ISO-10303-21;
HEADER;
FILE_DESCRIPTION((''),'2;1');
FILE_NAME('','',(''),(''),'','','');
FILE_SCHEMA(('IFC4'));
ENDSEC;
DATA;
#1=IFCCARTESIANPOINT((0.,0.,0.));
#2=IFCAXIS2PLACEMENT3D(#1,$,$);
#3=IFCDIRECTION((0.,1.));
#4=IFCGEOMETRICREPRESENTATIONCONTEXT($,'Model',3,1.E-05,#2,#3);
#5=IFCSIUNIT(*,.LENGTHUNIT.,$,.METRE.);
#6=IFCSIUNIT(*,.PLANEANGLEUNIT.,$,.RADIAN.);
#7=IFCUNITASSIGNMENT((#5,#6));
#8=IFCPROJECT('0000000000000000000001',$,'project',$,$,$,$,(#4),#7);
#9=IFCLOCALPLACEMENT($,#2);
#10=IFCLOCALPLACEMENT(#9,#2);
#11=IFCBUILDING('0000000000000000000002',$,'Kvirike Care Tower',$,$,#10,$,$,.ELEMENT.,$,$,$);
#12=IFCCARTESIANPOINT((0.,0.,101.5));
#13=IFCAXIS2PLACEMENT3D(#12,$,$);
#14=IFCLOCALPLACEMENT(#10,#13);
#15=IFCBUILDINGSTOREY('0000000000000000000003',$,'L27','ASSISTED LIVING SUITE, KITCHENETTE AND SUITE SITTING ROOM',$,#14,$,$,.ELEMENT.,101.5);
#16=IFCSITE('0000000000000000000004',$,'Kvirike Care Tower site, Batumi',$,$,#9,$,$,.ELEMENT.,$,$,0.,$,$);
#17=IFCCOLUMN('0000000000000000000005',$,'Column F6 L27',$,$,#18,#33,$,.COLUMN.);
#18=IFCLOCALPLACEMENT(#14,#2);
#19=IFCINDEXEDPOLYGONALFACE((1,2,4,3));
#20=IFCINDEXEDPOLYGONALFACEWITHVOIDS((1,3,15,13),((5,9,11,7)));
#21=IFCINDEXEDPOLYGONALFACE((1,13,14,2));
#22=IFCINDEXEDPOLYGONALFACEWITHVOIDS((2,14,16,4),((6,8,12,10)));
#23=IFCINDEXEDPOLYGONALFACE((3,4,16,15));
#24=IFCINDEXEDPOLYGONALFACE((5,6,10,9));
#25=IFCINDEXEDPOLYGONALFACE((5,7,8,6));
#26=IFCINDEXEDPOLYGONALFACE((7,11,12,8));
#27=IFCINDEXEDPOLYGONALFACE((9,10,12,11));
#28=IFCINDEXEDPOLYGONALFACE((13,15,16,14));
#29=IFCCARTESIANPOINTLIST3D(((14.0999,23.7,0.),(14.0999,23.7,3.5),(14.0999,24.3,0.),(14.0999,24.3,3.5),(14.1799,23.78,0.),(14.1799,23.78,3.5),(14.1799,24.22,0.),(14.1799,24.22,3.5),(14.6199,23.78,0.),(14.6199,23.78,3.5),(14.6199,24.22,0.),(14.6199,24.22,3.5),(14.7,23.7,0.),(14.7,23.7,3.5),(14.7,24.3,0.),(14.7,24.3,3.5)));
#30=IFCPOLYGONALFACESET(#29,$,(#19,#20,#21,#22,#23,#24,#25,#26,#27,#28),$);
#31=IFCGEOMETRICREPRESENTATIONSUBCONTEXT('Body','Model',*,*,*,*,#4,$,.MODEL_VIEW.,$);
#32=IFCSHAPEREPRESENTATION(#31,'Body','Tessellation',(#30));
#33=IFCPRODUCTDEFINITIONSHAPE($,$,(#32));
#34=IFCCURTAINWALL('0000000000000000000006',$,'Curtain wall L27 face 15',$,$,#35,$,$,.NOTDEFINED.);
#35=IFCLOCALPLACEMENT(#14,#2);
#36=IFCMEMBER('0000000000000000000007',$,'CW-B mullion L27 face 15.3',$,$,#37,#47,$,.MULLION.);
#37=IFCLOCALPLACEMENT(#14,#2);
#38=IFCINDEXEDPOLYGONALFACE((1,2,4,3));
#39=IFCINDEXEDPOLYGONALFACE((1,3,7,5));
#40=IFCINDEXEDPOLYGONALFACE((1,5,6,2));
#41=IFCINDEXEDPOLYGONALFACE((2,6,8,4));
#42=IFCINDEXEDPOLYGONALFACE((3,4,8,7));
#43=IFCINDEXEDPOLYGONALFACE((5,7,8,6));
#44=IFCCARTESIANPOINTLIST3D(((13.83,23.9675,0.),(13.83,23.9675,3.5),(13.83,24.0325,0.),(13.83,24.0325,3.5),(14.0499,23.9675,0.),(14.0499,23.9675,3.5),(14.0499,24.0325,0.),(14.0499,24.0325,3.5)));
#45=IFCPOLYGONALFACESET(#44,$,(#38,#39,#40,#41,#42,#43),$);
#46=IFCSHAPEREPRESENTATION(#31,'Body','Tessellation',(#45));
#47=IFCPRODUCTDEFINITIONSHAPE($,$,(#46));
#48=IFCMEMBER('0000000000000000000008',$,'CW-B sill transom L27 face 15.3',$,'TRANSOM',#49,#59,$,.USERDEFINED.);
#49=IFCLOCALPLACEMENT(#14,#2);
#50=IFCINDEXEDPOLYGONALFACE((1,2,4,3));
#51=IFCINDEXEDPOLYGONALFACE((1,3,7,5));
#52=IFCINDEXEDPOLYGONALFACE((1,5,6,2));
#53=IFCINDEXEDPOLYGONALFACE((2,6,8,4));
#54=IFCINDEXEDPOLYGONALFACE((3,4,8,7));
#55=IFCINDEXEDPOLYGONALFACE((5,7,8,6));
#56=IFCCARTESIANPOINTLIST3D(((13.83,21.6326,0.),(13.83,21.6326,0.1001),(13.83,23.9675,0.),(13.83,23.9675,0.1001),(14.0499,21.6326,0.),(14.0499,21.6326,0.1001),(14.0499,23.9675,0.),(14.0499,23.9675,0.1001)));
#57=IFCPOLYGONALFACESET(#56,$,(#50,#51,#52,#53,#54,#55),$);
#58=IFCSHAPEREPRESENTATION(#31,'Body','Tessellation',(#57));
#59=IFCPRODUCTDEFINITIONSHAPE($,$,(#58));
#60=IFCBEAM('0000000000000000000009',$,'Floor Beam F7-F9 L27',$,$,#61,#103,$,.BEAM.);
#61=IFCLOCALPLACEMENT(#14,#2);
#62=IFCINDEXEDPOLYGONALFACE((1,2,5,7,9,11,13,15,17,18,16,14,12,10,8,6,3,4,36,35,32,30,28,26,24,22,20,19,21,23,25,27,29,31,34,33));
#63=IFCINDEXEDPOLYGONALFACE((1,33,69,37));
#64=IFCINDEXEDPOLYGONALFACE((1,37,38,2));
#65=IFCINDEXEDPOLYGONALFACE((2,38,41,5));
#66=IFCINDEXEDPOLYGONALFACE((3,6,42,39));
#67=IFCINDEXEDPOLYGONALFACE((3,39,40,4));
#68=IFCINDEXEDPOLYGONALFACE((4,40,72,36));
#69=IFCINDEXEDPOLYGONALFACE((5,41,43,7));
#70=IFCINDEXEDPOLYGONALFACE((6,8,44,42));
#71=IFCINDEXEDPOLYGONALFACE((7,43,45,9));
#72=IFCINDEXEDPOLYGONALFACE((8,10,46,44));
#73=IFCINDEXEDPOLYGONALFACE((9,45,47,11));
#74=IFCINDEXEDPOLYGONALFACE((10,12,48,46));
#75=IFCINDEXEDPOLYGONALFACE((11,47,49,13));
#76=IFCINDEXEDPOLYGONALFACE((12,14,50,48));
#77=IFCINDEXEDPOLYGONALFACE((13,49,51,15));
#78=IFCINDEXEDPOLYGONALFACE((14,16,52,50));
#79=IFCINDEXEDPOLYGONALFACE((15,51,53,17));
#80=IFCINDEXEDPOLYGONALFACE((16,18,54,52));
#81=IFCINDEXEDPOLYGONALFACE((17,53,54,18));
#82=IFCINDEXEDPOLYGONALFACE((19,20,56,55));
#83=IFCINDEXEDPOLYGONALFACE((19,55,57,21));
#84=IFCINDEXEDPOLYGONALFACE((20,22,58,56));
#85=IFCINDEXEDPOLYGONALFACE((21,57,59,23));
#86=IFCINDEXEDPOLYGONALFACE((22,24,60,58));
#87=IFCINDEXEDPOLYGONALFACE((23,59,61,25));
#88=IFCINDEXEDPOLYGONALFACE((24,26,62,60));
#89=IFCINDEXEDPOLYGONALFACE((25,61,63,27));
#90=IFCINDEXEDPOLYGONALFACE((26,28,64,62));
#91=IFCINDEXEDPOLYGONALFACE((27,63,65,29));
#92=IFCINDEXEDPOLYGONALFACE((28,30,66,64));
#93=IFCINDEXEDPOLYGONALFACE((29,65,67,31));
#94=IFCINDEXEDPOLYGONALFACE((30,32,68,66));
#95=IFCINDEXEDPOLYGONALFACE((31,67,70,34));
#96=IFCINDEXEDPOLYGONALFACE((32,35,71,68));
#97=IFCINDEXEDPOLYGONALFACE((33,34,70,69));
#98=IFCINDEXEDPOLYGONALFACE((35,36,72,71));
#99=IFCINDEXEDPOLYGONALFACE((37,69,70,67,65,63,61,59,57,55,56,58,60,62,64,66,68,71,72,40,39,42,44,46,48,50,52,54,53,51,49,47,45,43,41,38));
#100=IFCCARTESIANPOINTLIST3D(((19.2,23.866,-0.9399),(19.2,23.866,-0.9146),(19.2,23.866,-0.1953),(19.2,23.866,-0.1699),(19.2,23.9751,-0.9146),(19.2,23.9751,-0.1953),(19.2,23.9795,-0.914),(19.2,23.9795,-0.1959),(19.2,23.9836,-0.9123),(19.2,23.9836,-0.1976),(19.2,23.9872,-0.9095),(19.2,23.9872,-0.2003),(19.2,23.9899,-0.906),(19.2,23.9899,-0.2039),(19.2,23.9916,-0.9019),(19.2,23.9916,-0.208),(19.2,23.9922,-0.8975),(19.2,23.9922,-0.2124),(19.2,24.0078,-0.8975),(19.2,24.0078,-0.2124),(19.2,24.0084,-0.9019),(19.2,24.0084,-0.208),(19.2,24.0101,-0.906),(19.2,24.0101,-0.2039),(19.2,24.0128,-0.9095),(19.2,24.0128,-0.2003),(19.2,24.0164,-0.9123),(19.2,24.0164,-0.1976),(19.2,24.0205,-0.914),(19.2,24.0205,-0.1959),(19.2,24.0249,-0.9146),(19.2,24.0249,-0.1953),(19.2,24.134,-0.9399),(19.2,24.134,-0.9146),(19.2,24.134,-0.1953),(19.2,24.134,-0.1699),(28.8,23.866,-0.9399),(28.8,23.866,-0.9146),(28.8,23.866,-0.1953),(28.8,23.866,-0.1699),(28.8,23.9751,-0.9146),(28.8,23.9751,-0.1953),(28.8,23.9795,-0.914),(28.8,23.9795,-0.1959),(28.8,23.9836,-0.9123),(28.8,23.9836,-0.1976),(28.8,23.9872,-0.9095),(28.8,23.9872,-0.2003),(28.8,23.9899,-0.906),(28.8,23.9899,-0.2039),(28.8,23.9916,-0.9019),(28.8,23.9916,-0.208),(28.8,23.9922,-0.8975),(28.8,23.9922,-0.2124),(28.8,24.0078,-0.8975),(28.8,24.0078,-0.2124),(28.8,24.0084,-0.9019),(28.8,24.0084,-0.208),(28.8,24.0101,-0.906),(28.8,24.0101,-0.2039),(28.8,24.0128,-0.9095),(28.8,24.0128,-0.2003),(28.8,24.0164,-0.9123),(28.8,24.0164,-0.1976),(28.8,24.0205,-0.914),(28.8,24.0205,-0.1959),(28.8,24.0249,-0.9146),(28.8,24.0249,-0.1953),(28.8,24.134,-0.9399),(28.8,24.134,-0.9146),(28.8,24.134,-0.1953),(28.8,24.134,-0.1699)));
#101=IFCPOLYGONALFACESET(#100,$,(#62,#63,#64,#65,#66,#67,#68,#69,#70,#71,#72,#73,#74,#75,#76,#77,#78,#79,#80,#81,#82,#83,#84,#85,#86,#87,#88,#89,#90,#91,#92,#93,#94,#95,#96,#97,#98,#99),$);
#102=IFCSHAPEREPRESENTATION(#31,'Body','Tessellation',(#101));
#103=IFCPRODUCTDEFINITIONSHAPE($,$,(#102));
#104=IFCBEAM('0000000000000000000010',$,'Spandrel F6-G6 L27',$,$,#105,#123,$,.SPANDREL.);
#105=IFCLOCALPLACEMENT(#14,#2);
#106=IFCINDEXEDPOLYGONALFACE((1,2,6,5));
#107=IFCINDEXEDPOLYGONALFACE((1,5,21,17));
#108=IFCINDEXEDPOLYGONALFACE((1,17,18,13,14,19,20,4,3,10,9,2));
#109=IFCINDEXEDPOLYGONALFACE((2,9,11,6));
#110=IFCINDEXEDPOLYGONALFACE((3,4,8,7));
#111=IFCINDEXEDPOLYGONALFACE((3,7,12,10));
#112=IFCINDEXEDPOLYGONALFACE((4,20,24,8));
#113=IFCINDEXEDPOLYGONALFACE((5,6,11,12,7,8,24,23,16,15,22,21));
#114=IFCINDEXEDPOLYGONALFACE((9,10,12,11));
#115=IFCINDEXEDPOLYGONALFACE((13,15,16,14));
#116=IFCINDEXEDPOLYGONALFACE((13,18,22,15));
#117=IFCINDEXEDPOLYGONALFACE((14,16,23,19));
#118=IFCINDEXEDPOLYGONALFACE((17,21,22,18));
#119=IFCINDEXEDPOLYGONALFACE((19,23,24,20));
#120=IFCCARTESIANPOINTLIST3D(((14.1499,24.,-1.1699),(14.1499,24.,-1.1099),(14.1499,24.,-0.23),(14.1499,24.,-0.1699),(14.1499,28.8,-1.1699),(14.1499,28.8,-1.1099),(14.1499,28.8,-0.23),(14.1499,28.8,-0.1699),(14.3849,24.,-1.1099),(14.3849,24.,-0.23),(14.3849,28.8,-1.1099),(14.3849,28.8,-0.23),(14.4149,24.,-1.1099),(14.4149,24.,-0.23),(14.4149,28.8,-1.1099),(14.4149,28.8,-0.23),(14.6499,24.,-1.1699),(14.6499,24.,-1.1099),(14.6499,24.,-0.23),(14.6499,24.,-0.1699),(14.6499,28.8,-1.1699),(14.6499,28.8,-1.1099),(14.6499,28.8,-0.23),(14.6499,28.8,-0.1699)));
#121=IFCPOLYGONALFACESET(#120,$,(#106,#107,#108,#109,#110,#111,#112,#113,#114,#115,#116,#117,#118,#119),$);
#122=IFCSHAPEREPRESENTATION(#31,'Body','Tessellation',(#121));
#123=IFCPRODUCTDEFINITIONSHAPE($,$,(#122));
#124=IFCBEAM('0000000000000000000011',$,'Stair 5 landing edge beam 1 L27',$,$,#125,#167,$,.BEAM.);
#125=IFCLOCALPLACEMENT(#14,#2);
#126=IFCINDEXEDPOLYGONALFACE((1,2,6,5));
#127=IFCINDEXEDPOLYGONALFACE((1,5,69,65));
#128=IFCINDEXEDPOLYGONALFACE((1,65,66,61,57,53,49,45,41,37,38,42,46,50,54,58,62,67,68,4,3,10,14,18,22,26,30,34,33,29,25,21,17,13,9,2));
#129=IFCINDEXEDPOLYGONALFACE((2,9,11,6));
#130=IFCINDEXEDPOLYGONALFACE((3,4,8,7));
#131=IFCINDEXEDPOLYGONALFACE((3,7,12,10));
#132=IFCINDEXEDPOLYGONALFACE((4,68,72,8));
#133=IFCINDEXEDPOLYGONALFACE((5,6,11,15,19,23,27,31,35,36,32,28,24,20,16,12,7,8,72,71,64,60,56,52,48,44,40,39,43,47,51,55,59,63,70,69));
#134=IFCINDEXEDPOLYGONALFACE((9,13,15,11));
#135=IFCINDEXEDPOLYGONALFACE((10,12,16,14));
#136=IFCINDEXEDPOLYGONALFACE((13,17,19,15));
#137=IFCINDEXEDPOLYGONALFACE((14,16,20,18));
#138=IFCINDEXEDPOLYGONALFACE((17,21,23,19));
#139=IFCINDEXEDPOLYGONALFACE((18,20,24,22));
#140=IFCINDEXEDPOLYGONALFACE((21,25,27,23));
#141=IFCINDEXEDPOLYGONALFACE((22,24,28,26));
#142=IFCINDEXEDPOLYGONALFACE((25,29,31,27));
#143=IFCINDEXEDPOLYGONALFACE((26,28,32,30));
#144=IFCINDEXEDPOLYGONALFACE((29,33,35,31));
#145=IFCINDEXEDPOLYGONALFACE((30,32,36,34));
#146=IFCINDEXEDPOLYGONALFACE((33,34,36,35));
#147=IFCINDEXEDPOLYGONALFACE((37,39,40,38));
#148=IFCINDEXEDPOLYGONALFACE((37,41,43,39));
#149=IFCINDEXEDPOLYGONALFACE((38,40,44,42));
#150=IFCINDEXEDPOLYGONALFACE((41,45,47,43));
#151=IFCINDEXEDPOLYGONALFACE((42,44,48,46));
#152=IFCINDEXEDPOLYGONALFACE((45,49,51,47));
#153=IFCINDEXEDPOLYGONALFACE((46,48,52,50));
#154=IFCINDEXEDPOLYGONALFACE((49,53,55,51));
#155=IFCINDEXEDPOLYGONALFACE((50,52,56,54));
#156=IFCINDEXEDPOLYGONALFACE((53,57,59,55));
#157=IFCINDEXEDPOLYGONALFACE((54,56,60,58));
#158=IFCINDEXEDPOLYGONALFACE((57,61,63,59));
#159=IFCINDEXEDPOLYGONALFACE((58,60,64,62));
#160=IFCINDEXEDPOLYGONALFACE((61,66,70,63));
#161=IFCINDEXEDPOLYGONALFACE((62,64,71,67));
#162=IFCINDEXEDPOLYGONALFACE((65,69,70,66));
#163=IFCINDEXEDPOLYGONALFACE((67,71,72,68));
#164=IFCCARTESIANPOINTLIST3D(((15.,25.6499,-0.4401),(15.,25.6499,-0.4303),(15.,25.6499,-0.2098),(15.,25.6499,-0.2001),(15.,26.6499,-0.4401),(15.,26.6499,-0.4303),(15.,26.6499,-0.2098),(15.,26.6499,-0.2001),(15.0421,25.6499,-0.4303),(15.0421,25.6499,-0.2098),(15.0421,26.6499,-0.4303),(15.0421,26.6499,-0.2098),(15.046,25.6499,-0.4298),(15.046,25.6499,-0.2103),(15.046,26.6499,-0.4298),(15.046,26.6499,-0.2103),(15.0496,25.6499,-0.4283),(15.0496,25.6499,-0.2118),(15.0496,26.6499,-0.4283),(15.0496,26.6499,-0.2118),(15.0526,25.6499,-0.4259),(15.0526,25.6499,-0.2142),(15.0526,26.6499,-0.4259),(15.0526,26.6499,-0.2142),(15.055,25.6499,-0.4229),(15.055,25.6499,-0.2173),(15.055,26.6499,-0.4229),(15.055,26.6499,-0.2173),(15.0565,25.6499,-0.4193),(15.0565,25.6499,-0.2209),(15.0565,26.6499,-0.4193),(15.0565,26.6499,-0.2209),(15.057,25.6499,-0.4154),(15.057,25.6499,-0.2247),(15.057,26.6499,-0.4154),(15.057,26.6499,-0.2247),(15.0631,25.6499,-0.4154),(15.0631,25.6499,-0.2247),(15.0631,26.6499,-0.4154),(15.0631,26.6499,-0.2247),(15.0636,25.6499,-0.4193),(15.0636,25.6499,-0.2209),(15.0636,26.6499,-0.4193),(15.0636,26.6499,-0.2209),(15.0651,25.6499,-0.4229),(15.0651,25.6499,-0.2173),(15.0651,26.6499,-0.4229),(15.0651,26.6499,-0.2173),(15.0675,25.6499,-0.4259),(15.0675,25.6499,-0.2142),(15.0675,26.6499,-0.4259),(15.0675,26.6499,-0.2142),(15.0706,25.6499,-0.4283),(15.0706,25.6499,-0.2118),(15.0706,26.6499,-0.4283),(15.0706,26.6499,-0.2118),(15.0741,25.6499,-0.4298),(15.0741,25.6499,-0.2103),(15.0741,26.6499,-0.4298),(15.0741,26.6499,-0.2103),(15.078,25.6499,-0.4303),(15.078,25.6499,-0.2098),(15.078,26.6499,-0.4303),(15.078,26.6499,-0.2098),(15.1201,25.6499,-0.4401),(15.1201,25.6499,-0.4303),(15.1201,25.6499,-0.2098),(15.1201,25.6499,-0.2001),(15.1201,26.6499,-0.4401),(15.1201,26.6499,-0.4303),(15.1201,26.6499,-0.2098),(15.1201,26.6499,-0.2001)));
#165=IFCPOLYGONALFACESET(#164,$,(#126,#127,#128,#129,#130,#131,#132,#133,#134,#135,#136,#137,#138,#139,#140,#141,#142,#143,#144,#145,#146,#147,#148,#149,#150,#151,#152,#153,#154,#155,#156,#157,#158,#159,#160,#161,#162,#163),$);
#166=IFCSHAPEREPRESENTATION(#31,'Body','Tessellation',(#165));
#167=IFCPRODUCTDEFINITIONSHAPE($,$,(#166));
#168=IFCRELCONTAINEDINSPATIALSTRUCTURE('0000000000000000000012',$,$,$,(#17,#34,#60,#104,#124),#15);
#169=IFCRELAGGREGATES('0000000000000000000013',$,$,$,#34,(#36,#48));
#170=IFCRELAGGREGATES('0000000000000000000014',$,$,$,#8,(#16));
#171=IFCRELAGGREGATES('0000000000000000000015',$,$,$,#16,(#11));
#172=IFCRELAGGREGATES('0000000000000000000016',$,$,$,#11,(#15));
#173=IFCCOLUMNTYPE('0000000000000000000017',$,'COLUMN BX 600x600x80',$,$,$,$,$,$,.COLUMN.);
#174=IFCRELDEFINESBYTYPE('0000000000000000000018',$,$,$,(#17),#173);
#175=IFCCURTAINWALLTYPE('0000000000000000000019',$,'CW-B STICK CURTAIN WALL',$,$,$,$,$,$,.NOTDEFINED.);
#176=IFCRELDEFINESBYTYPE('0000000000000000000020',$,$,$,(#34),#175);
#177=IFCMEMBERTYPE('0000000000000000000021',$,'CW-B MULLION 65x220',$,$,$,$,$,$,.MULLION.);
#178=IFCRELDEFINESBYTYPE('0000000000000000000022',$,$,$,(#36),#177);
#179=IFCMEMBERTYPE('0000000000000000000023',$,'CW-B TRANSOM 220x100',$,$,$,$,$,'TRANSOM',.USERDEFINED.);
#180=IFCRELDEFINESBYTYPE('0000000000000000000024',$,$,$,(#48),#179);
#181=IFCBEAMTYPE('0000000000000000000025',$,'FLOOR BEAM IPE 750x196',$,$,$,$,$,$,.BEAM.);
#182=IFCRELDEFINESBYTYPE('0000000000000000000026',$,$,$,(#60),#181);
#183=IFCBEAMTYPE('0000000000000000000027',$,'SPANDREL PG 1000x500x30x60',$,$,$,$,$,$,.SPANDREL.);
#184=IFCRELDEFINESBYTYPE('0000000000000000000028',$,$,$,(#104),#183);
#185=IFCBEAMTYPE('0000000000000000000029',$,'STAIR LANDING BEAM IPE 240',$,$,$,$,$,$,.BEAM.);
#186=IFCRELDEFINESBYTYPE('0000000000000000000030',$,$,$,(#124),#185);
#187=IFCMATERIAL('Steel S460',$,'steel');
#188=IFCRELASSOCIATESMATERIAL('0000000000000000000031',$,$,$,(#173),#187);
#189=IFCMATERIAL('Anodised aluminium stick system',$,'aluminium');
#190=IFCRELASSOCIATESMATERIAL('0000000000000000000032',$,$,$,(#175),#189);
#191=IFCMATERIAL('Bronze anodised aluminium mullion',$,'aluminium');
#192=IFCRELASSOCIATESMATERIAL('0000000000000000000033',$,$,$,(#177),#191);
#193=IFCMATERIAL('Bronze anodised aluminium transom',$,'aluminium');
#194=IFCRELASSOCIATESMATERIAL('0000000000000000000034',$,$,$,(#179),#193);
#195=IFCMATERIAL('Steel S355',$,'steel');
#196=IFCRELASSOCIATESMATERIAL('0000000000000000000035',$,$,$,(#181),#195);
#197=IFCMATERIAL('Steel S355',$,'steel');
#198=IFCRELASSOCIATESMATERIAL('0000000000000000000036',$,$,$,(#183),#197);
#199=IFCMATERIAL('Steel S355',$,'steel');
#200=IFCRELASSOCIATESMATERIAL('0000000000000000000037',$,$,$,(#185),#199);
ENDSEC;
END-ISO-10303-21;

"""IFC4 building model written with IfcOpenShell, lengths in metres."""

from ifc_helpers import new_model, si_unit, direction, frame, origin, origin_2d, place, context, subcontext, project, spatial, rectangle, hollow_rectangle, i_section, extrude, material, material_profile, profile_set, type_object, element, aggregate, save


model = new_model("IFC4")

# Units and contexts
model_context = context("Model", 3, precision=1e-05, world=origin(), true_north=direction((0.0, 1.0)))
body_context = subcontext(model_context, "Body", "Model", "MODEL_VIEW")
ifc_project = project(units=[si_unit("LENGTHUNIT", "METRE"), si_unit("PLANEANGLEUNIT", "RADIAN")], contexts=[model_context])

# Site, building, storey
site_placement = place(None, origin())
site = spatial("IfcSite", under=ifc_project, at=site_placement, Name="Kvirike Care Tower site, Batumi", CompositionType="ELEMENT", RefElevation=0.0)
building_placement = place(site_placement, origin())
building = spatial("IfcBuilding", under=site, at=building_placement, Name="Kvirike Care Tower", CompositionType="ELEMENT")
storey_placement = place(building_placement, frame((0.0, 0.0, 101.5)))
storey = spatial("IfcBuildingStorey", under=building, at=storey_placement, Name="L27", Description="ASSISTED LIVING SUITE, KITCHENETTE AND SUITE SITTING ROOM", CompositionType="ELEMENT", Elevation=101.5)

# Column
ifc_material_1 = material(Name="Steel S460", Category="steel")
ifc_material_profile_1 = material_profile(ifc_material_1, hollow_rectangle(XDim=0.6001, YDim=0.6001, WallThickness=0.0801, at=origin_2d()), Name="BX 600x600x80")
ifc_profile_set_1 = profile_set([ifc_material_profile_1], Name="Steel S460")
column_type = type_object("IfcColumnType", Name="COLUMN BX 600x600x80", PredefinedType="COLUMN", material=ifc_profile_set_1)
column_placement = place(storey_placement, frame((14.3999, 24.0, 0.0), z_axis=(0.0, 0.0, 1.0), x_axis=(1.0, 0.0, 0.0)))
element("IfcColumn", 1, at=column_placement, inside=storey, type_object=column_type, Name="Column F6 L27", PredefinedType="COLUMN", context=body_context, shape_type="SweptSolid", body=[
    extrude(hollow_rectangle(XDim=0.6001, YDim=0.6001, WallThickness=0.0801, at=origin_2d()), origin(), (0.0, 0.0, 1.0), 3.5),
])

# Curtain wall, members
ifc_material_2 = material(Name="Anodised aluminium stick system", Category="aluminium")
curtain_wall_type = type_object("IfcCurtainWallType", Name="CW-B STICK CURTAIN WALL", PredefinedType="NOTDEFINED", material=ifc_material_2)
curtain_wall_placement = place(storey_placement, origin())
curtain_wall = element("IfcCurtainWall", 2, at=curtain_wall_placement, inside=storey, type_object=curtain_wall_type, Name="Curtain wall L27 face 15", PredefinedType="NOTDEFINED")
ifc_material_3 = material(Name="Bronze anodised aluminium mullion", Category="aluminium")
ifc_material_profile_2 = material_profile(ifc_material_3, rectangle(XDim=0.0649, YDim=0.22, at=origin_2d()), Name="CW-B MULLION 65x220")
ifc_profile_set_2 = profile_set([ifc_material_profile_2], Name="Bronze anodised aluminium mullion")
member_type_1 = type_object("IfcMemberType", Name="CW-B MULLION 65x220", PredefinedType="MULLION", material=ifc_profile_set_2)
member_1_placement = place(storey_placement, frame((13.9399, 24.0, 0.0), z_axis=(0.0, 0.0, 1.0), x_axis=(0.0, -1.0, 0.0)))
member_1 = element("IfcMember", 3, at=member_1_placement, type_object=member_type_1, Name="CW-B mullion L27 face 15.3", PredefinedType="MULLION", context=body_context, shape_type="SweptSolid", body=[
    extrude(rectangle(XDim=0.0649, YDim=0.22, at=origin_2d()), origin(), (0.0, 0.0, 1.0), 3.5),
])
ifc_material_4 = material(Name="Bronze anodised aluminium transom", Category="aluminium")
ifc_material_profile_3 = material_profile(ifc_material_4, rectangle(XDim=0.22, YDim=0.1001, at=origin_2d()), Name="CW-B TRANSOM 220x100")
ifc_profile_set_3 = profile_set([ifc_material_profile_3], Name="Bronze anodised aluminium transom")
member_type_2 = type_object("IfcMemberType", Name="CW-B TRANSOM 220x100", ElementType="TRANSOM", PredefinedType="USERDEFINED", material=ifc_profile_set_3)
member_2_placement = place(storey_placement, frame((13.9399, 23.9675, 0.05), z_axis=(0.0, -1.0, 0.0), x_axis=(1.0, 0.0, 0.0)))
member_2 = element("IfcMember", 4, at=member_2_placement, type_object=member_type_2, Name="CW-B sill transom L27 face 15.3", ObjectType="TRANSOM", PredefinedType="USERDEFINED", context=body_context, shape_type="SweptSolid", body=[
    extrude(rectangle(XDim=0.22, YDim=0.1001, at=origin_2d()), origin(), (0.0, 0.0, 1.0), 2.335),
])

# Beams
ifc_material_5 = material(Name="Steel S355", Category="steel")
ifc_material_profile_4 = material_profile(ifc_material_5, i_section(OverallWidth=0.2681, OverallDepth=0.77, WebThickness=0.0156, FlangeThickness=0.0254, FilletRadius=0.0171, at=origin_2d()), Name="IPE 750x196")
ifc_profile_set_4 = profile_set([ifc_material_profile_4], Name="Steel S355")
beam_type_1 = type_object("IfcBeamType", Name="FLOOR BEAM IPE 750x196", PredefinedType="BEAM", material=ifc_profile_set_4)
beam_1_placement = place(storey_placement, frame((19.2, 24.0, -0.5549), z_axis=(1.0, 0.0, 0.0), x_axis=(0.0, 1.0, 0.0)))
element("IfcBeam", 5, at=beam_1_placement, inside=storey, type_object=beam_type_1, Name="Floor Beam F7-F9 L27", PredefinedType="BEAM", context=body_context, shape_type="SweptSolid", body=[
    extrude(i_section(OverallWidth=0.2681, OverallDepth=0.77, WebThickness=0.0156, FlangeThickness=0.0254, FilletRadius=0.0171, at=origin_2d()), origin(), (0.0, 0.0, 1.0), 9.6001),
])
ifc_material_6 = material(Name="Steel S355", Category="steel")
ifc_material_profile_5 = material_profile(ifc_material_6, i_section(OverallWidth=0.5, OverallDepth=1.0, WebThickness=0.03, FlangeThickness=0.0601, at=origin_2d()), Name="PG 1000x500x30x60")
ifc_profile_set_5 = profile_set([ifc_material_profile_5], Name="Steel S355")
beam_type_2 = type_object("IfcBeamType", Name="SPANDREL PG 1000x500x30x60", PredefinedType="SPANDREL", material=ifc_profile_set_5)
beam_2_placement = place(storey_placement, frame((14.3999, 24.0, -0.6699), z_axis=(0.0, 1.0, 0.0), x_axis=(-1.0, 0.0, 0.0)))
element("IfcBeam", 6, at=beam_2_placement, inside=storey, type_object=beam_type_2, Name="Spandrel F6-G6 L27", PredefinedType="SPANDREL", context=body_context, shape_type="SweptSolid", body=[
    extrude(i_section(OverallWidth=0.5, OverallDepth=1.0, WebThickness=0.03, FlangeThickness=0.0601, at=origin_2d()), origin(), (0.0, 0.0, 1.0), 4.8),
])
ifc_material_7 = material(Name="Steel S355", Category="steel")
ifc_material_profile_6 = material_profile(ifc_material_7, i_section(OverallWidth=0.1201, OverallDepth=0.24, WebThickness=0.0061, FlangeThickness=0.0098, FilletRadius=0.0149, at=origin_2d()), Name="IPE 240")
ifc_profile_set_6 = profile_set([ifc_material_profile_6], Name="Steel S355")
beam_type_3 = type_object("IfcBeamType", Name="STAIR LANDING BEAM IPE 240", PredefinedType="BEAM", material=ifc_profile_set_6)
for number, where, z_axis, x_axis, name in (
    (7, (15.0601, 25.6499, -0.3201), (0.0, 1.0, 0.0), (-1.0, 0.0, 0.0), "Stair 5 landing edge beam 1 L27"),
):
    element("IfcBeam", number, at=place(storey_placement, frame(where, z_axis=z_axis, x_axis=x_axis)), inside=storey, type_object=beam_type_3, Name=name, PredefinedType="BEAM", context=body_context, shape_type="SweptSolid", body=[
        extrude(i_section(OverallWidth=0.1201, OverallDepth=0.24, WebThickness=0.0061, FlangeThickness=0.0098, FilletRadius=0.0149, at=origin_2d()), origin(), (0.0, 0.0, 1.0), 1.0),
    ])

aggregate(curtain_wall, [member_1, member_2])

save(model, "model.ifc")
